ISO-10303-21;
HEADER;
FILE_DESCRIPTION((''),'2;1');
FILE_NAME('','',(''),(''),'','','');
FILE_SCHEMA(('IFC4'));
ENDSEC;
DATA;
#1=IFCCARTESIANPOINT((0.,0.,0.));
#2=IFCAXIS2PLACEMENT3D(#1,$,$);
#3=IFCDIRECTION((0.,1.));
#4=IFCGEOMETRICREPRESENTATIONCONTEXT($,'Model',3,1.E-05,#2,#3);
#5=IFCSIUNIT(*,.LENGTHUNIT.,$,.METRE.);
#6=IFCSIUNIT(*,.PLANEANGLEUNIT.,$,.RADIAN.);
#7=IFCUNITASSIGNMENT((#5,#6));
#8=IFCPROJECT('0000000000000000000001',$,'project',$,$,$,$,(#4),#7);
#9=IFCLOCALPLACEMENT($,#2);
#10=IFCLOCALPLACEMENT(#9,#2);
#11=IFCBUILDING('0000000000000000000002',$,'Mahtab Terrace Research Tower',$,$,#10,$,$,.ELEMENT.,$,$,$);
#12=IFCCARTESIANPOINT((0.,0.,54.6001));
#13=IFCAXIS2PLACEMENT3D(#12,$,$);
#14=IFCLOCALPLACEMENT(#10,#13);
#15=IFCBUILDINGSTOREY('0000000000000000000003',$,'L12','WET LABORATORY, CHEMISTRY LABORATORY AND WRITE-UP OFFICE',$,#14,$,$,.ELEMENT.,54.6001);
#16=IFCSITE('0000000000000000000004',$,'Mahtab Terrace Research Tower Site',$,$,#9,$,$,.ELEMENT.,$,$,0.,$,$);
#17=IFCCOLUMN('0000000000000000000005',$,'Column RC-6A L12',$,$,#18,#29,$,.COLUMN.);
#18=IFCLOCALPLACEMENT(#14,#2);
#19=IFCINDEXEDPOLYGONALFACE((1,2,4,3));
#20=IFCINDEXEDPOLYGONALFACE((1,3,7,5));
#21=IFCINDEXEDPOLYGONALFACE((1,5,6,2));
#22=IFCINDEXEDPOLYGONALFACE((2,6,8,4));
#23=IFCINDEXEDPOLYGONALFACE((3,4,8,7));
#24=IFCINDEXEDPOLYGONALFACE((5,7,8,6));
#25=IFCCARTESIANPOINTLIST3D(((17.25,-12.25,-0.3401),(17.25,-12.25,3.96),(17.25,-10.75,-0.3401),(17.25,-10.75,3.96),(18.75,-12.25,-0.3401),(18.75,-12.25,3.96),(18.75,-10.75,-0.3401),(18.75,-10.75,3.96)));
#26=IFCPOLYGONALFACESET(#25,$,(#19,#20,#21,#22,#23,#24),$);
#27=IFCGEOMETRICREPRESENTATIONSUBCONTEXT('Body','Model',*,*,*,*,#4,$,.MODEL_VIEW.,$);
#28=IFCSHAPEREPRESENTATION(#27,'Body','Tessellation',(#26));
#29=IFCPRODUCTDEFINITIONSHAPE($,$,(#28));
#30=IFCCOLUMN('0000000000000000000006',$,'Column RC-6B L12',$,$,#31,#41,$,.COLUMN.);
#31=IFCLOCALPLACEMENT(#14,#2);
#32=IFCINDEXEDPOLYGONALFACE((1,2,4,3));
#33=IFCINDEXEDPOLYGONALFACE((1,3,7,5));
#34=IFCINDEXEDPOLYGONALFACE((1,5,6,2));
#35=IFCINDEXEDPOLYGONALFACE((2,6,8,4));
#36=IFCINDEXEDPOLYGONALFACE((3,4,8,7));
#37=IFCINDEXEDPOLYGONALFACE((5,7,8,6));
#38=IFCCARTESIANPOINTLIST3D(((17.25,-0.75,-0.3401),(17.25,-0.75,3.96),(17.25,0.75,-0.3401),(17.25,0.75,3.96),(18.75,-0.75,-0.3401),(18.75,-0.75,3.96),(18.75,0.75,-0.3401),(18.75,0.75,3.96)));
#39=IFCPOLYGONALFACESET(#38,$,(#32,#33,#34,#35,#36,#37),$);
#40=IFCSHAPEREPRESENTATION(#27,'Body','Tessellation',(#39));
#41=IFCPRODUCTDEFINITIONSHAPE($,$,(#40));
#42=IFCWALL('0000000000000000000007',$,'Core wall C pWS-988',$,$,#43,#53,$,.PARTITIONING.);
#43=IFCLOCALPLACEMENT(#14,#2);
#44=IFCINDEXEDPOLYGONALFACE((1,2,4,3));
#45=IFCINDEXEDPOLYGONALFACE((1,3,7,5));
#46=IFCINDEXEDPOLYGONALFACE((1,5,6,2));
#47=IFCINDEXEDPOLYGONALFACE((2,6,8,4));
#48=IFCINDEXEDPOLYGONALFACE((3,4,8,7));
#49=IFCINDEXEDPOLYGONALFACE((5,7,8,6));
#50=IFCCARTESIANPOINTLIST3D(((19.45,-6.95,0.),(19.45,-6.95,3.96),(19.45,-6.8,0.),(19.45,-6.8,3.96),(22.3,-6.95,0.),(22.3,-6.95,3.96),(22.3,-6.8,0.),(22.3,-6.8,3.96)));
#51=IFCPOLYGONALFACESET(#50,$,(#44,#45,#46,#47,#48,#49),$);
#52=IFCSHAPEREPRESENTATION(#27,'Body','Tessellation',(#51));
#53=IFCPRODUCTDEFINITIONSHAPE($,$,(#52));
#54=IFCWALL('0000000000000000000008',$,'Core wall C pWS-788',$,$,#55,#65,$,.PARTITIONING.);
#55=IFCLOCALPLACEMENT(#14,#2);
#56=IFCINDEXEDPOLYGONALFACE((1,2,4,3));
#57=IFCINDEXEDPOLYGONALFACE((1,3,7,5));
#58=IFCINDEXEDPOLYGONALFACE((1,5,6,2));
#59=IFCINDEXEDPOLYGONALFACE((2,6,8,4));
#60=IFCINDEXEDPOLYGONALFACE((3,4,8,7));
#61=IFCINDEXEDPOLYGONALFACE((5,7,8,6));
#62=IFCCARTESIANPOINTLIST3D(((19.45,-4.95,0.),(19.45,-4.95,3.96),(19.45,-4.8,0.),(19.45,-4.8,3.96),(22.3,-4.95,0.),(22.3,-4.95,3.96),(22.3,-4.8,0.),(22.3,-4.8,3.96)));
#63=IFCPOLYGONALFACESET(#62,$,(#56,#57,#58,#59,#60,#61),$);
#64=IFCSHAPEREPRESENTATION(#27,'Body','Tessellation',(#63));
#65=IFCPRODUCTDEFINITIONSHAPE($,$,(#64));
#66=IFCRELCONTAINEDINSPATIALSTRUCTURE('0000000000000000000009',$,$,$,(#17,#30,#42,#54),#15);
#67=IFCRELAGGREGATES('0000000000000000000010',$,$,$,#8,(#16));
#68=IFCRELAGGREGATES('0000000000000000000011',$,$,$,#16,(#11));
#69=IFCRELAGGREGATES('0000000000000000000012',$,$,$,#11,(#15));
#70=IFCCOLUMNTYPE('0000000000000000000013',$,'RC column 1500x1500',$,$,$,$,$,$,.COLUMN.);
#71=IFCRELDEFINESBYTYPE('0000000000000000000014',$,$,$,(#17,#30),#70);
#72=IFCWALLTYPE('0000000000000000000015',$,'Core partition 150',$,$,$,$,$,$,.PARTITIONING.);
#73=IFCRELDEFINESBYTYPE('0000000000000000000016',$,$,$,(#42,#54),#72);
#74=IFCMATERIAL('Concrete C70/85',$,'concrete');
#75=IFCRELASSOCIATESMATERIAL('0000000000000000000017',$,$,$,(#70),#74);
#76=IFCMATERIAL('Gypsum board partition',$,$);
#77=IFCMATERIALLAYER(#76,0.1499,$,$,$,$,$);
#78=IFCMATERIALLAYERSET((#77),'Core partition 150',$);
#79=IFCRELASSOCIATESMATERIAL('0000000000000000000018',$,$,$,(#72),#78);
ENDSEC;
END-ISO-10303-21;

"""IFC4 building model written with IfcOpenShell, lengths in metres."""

from ifc_helpers import new_model, si_unit, direction, frame, frame_2d, origin, origin_2d, place, context, subcontext, project, spatial, rectangle, extrude, material, layer, layer_set, material_profile, profile_set, type_object, element, save


model = new_model("IFC4")

# Units and contexts
model_context = context("Model", 3, precision=1e-05, world=origin(), true_north=direction((0.0, 1.0)))
body_context = subcontext(model_context, "Body", "Model", "MODEL_VIEW")
ifc_project = project(units=[si_unit("LENGTHUNIT", "METRE"), si_unit("PLANEANGLEUNIT", "RADIAN")], contexts=[model_context])

# Site, building, storey
site_placement = place(None, origin())
site = spatial("IfcSite", under=ifc_project, at=site_placement, Name="Mahtab Terrace Research Tower Site", CompositionType="ELEMENT", RefElevation=0.0)
building_placement = place(site_placement, origin())
building = spatial("IfcBuilding", under=site, at=building_placement, Name="Mahtab Terrace Research Tower", CompositionType="ELEMENT")
storey_placement = place(building_placement, frame((0.0, 0.0, 54.6001)))
storey = spatial("IfcBuildingStorey", under=building, at=storey_placement, Name="L12", Description="WET LABORATORY, CHEMISTRY LABORATORY AND WRITE-UP OFFICE", CompositionType="ELEMENT", Elevation=54.6001)

# Columns
ifc_material_1 = material(Name="Concrete C70/85", Category="concrete")
ifc_material_profile = material_profile(ifc_material_1, rectangle(XDim=1.5, YDim=1.5, at=origin_2d()), Name="RC column 1500x1500")
ifc_profile_set = profile_set([ifc_material_profile], Name="Concrete C70/85")
column_type = type_object("IfcColumnType", Name="RC column 1500x1500", PredefinedType="COLUMN", material=ifc_profile_set)
for number, where, z_axis, x_axis, name in (
    (1, (18.0, -11.5, -0.3401), (0.0, 0.0, 1.0), (1.0, 0.0, 0.0), "Column RC-6A L12"),
    (2, (18.0, 0.0, -0.3401), (0.0, 0.0, 1.0), (1.0, 0.0, 0.0), "Column RC-6B L12"),
):
    element("IfcColumn", number, at=place(storey_placement, frame(where, z_axis=z_axis, x_axis=x_axis)), inside=storey, type_object=column_type, Name=name, PredefinedType="COLUMN", context=body_context, shape_type="SweptSolid", body=[
        extrude(rectangle(XDim=1.5, YDim=1.5, at=origin_2d()), origin(), (0.0, 0.0, 1.0), 4.3),
    ])

# Walls
ifc_material_2 = material(Name="Gypsum board partition")
ifc_layer_1 = layer(ifc_material_2, 0.1499)
ifc_layer_set_1 = layer_set([ifc_layer_1], Name="Core partition 150")
wall_type_1 = type_object("IfcWallType", Name="Core partition 150", PredefinedType="PARTITIONING", material=ifc_layer_set_1)
for number, where, z_axis, x_axis, name in (
    (3, (19.45, -6.875, 0.0), (0.0, 0.0, 1.0), (1.0, 0.0, 0.0), "Core wall C pWS-988"),
    (4, (19.45, -4.875, 0.0), (0.0, 0.0, 1.0), (1.0, 0.0, 0.0), "Core wall C pWS-788"),
):
    element("IfcWall", number, at=place(storey_placement, frame(where, z_axis=z_axis, x_axis=x_axis)), inside=storey, type_object=wall_type_1, Name=name, PredefinedType="PARTITIONING", context=body_context, shape_type="SweptSolid", body=[
        extrude(rectangle(XDim=2.8501, YDim=0.1499, at=frame_2d((1.425, 0.0))), origin(), (0.0, 0.0, 1.0), 3.96),
    ])

save(model, "model.ifc")
